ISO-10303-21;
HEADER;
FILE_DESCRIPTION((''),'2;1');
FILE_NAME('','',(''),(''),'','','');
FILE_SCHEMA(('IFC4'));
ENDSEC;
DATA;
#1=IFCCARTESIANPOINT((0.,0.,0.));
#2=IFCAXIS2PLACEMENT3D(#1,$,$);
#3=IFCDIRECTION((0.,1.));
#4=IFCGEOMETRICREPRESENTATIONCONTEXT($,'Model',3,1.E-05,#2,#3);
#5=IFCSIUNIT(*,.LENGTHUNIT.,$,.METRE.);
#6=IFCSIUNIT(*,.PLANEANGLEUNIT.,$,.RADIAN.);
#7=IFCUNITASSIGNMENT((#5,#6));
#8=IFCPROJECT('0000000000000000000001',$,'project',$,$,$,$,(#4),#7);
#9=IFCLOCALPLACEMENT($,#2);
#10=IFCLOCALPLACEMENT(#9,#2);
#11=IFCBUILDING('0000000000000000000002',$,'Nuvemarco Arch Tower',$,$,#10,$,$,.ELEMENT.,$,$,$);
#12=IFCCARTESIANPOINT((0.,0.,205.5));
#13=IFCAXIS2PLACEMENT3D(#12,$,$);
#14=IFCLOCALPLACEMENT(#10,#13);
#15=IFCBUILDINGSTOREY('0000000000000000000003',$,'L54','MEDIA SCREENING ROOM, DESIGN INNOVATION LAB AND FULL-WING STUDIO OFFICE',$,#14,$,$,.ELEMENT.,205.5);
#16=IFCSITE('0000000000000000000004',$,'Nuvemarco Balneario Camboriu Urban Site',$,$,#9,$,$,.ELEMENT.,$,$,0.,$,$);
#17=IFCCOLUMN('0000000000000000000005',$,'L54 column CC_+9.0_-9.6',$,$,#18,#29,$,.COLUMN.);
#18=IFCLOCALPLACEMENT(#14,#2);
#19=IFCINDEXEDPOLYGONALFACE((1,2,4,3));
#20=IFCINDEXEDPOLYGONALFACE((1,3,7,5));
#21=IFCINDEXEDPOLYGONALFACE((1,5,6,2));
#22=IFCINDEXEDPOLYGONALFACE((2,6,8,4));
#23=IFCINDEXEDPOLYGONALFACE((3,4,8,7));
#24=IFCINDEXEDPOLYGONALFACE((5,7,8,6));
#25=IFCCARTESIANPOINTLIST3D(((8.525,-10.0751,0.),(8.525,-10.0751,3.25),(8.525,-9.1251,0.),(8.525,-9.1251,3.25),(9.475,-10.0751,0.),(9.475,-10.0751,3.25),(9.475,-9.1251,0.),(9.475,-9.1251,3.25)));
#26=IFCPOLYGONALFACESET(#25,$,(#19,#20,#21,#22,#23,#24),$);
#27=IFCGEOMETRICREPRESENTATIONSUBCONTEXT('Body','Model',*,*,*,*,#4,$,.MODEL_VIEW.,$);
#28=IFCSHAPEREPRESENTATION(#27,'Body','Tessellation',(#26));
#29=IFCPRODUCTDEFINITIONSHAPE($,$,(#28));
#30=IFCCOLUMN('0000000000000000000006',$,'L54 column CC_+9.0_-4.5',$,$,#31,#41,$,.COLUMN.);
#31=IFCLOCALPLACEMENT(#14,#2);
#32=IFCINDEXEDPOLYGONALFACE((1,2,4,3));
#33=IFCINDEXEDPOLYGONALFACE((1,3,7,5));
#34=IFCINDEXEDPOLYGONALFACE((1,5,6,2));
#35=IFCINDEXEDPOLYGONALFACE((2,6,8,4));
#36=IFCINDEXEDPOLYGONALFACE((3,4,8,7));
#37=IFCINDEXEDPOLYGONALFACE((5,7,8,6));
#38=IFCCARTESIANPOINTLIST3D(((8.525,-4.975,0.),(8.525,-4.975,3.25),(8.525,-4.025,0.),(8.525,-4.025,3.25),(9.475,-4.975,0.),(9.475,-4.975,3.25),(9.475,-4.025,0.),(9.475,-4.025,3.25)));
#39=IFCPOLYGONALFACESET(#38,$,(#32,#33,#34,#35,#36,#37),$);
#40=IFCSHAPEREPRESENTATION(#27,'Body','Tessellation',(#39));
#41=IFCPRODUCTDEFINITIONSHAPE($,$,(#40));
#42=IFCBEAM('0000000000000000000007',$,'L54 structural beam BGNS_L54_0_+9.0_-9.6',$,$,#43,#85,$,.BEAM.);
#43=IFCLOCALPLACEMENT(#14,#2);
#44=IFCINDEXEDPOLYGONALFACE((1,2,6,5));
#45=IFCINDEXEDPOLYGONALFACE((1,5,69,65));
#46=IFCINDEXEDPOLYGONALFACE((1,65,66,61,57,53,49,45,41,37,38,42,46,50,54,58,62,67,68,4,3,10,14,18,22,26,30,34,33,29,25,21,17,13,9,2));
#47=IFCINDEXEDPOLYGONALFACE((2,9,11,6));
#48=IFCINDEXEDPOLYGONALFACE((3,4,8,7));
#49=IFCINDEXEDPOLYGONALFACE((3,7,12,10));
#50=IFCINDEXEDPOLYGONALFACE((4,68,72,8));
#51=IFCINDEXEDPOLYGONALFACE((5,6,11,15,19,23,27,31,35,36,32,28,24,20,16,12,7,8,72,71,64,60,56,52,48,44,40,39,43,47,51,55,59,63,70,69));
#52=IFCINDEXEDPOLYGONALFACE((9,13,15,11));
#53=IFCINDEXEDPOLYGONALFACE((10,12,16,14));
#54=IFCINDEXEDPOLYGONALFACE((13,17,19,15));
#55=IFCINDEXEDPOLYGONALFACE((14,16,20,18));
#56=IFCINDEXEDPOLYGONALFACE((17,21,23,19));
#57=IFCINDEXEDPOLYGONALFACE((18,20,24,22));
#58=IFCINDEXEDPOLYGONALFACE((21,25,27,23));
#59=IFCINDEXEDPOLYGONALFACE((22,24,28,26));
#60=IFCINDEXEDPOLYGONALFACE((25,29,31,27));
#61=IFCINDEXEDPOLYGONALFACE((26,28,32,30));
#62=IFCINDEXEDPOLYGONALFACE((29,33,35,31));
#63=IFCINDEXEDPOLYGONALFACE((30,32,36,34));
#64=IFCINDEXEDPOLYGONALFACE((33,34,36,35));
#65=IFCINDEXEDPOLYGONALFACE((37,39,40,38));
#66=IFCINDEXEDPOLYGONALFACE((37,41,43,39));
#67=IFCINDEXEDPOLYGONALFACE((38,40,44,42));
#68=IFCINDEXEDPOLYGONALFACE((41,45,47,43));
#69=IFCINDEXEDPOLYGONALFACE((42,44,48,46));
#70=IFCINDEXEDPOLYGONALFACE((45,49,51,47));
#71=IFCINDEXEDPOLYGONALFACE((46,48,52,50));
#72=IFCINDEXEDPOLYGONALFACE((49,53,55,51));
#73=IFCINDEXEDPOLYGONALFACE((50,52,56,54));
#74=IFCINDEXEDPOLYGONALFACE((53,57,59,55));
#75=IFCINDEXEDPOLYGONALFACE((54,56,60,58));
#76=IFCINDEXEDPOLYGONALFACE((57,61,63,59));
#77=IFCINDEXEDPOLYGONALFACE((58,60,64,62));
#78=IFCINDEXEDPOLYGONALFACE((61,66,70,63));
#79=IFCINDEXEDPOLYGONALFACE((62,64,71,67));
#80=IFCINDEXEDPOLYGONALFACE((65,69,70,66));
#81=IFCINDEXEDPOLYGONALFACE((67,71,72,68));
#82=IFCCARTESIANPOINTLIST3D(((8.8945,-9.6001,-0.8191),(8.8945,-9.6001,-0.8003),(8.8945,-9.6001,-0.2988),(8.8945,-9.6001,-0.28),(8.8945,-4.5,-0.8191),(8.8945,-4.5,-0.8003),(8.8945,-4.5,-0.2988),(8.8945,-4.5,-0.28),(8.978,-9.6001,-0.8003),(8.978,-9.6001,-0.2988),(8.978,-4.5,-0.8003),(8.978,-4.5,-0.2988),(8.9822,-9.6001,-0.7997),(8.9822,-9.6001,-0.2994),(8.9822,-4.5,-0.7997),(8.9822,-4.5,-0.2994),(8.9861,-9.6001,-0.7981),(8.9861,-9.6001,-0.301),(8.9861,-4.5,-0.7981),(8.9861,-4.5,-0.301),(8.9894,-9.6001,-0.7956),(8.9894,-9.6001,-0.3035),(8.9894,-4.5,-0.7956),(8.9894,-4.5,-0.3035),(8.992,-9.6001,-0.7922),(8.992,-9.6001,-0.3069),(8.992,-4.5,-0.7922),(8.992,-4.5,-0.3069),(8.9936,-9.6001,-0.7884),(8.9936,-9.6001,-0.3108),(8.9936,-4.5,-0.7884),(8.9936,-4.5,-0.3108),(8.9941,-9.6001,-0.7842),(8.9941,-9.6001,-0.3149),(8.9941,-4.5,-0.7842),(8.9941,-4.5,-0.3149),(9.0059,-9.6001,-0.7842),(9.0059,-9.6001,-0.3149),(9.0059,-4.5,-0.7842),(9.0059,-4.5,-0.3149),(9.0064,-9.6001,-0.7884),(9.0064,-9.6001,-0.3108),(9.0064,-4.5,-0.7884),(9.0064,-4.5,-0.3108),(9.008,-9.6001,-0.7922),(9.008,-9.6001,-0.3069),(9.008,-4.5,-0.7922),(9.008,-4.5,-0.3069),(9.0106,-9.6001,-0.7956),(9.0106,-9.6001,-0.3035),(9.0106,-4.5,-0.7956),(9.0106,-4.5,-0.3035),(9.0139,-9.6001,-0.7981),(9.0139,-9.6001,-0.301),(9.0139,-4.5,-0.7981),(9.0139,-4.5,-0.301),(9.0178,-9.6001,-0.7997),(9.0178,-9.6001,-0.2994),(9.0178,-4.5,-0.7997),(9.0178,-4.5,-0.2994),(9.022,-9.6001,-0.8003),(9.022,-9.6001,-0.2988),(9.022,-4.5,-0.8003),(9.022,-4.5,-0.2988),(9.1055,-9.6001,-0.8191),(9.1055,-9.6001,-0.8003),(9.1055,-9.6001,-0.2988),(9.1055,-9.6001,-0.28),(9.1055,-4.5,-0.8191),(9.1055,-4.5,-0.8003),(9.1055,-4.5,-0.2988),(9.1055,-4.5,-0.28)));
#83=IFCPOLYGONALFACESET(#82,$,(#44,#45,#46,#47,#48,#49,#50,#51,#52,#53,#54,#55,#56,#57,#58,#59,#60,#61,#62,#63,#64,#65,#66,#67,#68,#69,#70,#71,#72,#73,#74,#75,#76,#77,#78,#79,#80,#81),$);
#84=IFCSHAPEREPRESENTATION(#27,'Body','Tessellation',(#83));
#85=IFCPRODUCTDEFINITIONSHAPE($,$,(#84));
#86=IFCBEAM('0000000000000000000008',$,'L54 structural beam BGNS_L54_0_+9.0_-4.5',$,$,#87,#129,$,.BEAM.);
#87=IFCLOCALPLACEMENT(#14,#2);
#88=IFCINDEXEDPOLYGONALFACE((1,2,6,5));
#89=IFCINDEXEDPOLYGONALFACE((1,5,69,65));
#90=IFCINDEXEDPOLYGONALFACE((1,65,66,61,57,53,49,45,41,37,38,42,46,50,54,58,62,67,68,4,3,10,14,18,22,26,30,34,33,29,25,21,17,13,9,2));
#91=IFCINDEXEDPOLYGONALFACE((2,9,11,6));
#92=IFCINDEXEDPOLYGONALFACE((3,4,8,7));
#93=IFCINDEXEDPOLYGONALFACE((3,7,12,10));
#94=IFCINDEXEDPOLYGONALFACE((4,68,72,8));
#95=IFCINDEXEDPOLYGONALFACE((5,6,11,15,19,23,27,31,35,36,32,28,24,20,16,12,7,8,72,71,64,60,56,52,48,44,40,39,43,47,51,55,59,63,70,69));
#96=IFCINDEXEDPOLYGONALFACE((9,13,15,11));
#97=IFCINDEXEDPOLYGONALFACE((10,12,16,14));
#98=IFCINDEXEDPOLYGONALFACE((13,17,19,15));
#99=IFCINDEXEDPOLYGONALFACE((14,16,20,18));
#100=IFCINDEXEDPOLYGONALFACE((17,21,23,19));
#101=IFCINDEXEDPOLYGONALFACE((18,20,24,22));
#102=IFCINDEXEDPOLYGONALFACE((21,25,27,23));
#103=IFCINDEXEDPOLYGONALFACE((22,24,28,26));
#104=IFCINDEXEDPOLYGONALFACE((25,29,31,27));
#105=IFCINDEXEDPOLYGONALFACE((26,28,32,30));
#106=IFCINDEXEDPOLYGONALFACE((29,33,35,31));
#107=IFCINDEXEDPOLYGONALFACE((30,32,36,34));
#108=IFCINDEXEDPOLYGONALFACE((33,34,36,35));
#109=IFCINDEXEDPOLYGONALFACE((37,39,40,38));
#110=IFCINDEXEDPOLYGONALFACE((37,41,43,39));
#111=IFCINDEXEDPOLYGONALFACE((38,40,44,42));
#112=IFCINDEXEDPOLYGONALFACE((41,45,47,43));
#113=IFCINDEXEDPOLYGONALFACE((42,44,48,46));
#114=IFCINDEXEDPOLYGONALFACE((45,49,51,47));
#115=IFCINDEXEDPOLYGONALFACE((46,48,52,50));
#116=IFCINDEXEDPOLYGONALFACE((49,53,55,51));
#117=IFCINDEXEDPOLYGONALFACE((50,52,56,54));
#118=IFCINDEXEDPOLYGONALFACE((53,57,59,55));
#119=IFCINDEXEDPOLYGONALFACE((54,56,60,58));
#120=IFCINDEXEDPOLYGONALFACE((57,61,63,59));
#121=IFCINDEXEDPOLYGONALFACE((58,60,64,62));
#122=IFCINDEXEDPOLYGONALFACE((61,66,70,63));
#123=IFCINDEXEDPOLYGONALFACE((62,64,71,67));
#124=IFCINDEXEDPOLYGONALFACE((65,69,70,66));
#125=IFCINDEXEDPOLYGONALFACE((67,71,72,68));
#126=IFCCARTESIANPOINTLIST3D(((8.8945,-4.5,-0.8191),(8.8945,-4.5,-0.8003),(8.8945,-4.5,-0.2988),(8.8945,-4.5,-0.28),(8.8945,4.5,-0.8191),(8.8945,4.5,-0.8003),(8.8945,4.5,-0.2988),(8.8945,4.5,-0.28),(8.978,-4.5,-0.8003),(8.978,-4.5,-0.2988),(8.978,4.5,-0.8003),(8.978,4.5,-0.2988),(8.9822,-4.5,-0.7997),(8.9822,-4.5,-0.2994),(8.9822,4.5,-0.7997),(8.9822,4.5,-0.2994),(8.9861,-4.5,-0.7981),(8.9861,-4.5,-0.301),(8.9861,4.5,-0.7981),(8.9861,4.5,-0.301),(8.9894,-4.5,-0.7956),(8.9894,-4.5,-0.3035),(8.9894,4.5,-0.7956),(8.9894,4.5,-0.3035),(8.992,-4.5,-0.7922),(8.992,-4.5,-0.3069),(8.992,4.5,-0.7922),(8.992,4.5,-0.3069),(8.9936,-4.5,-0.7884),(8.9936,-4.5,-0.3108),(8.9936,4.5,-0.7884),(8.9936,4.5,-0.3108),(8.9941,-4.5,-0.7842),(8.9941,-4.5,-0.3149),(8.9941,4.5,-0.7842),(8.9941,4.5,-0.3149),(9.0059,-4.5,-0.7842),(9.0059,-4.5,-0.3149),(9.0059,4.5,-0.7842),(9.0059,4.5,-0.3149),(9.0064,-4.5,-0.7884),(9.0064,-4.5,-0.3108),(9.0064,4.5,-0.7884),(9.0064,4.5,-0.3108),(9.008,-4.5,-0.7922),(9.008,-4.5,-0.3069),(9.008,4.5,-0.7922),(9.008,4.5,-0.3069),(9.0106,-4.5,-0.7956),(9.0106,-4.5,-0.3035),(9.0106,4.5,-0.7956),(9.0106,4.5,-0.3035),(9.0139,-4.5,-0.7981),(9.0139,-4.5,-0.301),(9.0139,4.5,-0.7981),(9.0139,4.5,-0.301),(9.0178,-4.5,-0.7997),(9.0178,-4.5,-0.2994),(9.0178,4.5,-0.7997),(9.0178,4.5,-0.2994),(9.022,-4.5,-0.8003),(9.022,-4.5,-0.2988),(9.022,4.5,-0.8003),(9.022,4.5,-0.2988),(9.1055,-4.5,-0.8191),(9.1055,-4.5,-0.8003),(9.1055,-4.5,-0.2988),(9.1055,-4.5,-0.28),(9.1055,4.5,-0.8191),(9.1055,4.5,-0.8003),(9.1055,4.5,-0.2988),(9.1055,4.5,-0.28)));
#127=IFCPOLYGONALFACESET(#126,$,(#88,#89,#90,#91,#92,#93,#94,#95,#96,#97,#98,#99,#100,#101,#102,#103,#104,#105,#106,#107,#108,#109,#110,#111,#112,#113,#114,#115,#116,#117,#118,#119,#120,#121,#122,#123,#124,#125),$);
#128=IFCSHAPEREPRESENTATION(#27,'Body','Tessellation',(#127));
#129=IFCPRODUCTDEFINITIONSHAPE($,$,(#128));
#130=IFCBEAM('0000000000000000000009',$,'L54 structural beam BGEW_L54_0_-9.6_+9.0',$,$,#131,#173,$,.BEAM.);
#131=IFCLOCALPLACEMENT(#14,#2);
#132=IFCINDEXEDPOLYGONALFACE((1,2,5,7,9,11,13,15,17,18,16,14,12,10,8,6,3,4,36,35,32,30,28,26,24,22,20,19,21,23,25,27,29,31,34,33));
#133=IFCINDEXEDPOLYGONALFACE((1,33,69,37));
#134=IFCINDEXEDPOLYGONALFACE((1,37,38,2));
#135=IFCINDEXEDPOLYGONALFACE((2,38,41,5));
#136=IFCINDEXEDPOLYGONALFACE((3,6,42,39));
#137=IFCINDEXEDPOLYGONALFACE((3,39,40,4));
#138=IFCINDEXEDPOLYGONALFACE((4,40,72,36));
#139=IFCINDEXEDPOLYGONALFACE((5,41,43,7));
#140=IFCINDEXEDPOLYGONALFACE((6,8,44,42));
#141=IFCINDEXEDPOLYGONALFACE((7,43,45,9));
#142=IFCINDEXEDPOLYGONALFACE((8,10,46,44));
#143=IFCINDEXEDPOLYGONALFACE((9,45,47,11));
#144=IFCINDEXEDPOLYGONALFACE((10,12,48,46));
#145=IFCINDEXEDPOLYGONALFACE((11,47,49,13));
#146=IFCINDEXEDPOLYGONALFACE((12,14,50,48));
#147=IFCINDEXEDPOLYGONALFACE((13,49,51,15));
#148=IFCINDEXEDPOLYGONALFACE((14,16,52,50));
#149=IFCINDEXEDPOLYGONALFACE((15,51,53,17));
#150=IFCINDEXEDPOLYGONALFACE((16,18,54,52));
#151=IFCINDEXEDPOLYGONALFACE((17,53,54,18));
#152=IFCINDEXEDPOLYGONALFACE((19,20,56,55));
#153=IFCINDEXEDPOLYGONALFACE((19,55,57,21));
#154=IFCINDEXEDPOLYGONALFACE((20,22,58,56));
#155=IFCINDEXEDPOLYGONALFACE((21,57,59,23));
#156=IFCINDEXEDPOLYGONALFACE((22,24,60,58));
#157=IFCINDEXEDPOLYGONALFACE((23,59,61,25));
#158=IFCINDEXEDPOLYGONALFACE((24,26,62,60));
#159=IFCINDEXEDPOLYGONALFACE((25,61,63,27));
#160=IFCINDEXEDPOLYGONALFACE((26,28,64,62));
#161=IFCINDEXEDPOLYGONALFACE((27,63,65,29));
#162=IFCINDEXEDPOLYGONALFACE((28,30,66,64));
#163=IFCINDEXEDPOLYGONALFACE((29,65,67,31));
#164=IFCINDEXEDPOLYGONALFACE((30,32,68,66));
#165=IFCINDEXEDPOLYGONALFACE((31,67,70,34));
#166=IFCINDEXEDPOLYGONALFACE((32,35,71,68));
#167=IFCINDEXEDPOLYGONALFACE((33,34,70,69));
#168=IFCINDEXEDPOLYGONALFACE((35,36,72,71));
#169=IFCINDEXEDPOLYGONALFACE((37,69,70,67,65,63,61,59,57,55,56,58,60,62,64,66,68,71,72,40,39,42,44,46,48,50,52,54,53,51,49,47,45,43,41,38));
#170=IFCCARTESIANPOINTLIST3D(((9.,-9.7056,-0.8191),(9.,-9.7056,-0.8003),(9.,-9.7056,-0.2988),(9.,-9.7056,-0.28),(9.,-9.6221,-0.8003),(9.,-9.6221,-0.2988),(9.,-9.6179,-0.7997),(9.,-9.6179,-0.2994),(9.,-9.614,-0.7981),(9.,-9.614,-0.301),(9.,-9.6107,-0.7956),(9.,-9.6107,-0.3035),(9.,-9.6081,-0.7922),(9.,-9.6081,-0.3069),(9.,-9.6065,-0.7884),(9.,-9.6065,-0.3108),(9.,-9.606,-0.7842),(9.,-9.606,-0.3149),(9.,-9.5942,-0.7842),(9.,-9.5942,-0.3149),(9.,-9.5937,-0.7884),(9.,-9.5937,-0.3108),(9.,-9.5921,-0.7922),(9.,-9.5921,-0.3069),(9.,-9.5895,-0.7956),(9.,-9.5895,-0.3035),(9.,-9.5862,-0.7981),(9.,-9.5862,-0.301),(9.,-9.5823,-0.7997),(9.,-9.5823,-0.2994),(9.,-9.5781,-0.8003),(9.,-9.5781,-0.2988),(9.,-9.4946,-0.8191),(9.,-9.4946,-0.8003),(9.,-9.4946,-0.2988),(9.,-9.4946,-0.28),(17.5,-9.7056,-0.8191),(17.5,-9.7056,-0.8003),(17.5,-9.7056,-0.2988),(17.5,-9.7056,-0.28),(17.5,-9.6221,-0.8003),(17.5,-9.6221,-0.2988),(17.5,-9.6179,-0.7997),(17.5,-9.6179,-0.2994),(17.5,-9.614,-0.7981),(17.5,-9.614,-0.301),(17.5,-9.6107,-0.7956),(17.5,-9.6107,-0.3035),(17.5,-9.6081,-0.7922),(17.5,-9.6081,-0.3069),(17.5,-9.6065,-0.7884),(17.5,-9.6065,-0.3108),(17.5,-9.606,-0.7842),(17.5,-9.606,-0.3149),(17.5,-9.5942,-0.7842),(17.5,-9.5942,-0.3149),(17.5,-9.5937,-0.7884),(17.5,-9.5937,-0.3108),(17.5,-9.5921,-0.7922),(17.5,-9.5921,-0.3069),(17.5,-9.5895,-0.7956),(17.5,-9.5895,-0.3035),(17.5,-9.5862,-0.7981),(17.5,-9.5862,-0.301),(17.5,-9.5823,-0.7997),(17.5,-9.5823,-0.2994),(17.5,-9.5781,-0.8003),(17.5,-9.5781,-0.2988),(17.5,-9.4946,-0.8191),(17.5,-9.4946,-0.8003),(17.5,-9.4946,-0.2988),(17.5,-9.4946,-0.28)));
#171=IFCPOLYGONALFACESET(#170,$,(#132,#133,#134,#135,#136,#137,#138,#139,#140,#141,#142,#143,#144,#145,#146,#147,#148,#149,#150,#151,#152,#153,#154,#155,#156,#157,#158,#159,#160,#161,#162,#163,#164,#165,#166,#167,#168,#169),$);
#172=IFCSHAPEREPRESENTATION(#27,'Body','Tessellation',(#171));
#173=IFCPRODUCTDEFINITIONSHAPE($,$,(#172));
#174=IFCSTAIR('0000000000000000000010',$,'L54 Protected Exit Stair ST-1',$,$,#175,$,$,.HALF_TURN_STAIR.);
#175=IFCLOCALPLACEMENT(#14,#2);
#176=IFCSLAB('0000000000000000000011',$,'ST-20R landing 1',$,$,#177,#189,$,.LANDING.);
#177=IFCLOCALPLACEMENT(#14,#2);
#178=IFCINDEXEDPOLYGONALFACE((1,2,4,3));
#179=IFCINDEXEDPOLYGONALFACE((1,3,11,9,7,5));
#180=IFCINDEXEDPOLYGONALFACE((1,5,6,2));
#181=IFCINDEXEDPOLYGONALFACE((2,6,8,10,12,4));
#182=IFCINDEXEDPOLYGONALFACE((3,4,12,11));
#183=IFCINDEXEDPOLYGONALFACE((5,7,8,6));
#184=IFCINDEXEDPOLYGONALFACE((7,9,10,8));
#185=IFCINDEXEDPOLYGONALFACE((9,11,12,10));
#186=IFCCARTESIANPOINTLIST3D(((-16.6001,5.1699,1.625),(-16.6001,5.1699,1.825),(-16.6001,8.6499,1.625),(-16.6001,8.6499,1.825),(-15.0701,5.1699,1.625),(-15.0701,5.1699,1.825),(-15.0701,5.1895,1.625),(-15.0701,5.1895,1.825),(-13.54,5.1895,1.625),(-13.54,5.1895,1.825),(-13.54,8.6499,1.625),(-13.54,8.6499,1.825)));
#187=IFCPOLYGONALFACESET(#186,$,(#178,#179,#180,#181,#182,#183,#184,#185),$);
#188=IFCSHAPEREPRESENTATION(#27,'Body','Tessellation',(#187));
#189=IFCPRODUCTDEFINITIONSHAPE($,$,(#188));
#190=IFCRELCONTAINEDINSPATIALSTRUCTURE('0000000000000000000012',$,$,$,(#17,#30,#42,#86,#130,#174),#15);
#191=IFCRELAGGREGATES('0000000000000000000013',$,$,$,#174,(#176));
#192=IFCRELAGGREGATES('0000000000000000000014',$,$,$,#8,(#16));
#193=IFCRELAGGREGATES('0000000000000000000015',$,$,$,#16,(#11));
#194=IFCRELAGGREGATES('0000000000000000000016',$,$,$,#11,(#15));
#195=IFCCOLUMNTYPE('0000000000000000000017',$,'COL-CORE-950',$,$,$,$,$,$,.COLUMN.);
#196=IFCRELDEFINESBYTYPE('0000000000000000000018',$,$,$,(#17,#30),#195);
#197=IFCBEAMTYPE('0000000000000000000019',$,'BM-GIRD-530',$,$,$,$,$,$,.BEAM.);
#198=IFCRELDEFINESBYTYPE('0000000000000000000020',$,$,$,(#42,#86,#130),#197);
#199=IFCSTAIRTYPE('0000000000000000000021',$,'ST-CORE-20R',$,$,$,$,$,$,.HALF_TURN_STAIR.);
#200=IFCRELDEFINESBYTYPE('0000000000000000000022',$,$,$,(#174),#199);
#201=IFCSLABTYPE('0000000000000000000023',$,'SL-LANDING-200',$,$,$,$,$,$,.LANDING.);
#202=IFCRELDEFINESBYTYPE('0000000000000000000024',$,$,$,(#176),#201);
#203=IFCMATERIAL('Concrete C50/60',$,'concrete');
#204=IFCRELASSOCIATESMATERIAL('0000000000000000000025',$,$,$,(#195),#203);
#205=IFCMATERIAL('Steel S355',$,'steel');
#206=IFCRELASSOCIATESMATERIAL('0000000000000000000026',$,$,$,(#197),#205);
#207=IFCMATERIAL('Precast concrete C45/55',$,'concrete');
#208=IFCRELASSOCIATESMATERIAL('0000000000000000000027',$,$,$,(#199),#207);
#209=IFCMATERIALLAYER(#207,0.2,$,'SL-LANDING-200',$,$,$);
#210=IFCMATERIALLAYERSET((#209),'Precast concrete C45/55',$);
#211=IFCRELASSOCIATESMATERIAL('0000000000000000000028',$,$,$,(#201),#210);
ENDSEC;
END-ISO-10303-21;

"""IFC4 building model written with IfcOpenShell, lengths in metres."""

from ifc_helpers import new_model, si_unit, direction, frame, origin, origin_2d, place, context, subcontext, project, spatial, polyline, rectangle, i_section, outline, extrude, material, layer, layer_set, material_profile, profile_set, type_object, element, aggregate, save


model = new_model("IFC4")

# Units and contexts
model_context = context("Model", 3, precision=1e-05, world=origin(), true_north=direction((0.0, 1.0)))
body_context = subcontext(model_context, "Body", "Model", "MODEL_VIEW")
ifc_project = project(units=[si_unit("LENGTHUNIT", "METRE"), si_unit("PLANEANGLEUNIT", "RADIAN")], contexts=[model_context])

# Site, building, storey
site_placement = place(None, origin())
site = spatial("IfcSite", under=ifc_project, at=site_placement, Name="Nuvemarco Balneario Camboriu Urban Site", CompositionType="ELEMENT", RefElevation=0.0)
building_placement = place(site_placement, origin())
building = spatial("IfcBuilding", under=site, at=building_placement, Name="Nuvemarco Arch Tower", CompositionType="ELEMENT")
storey_placement = place(building_placement, frame((0.0, 0.0, 205.5)))
storey = spatial("IfcBuildingStorey", under=building, at=storey_placement, Name="L54", Description="MEDIA SCREENING ROOM, DESIGN INNOVATION LAB AND FULL-WING STUDIO OFFICE", CompositionType="ELEMENT", Elevation=205.5)

# Columns
ifc_material_1 = material(Name="Concrete C50/60", Category="concrete")
ifc_material_profile_1 = material_profile(ifc_material_1, rectangle(XDim=0.95, YDim=0.95, at=origin_2d()), Name="RC-COL-950x950")
ifc_profile_set_1 = profile_set([ifc_material_profile_1], Name="Concrete C50/60")
column_type = type_object("IfcColumnType", Name="COL-CORE-950", PredefinedType="COLUMN", material=ifc_profile_set_1)
for number, where, z_axis, x_axis, name in (
    (1, (9.0, -9.6001, 0.0), (0.0, 0.0, 1.0), (1.0, 0.0, 0.0), "L54 column CC_+9.0_-9.6"),
    (2, (9.0, -4.5, 0.0), (0.0, 0.0, 1.0), (1.0, 0.0, 0.0), "L54 column CC_+9.0_-4.5"),
):
    element("IfcColumn", number, at=place(storey_placement, frame(where, z_axis=z_axis, x_axis=x_axis)), inside=storey, type_object=column_type, Name=name, PredefinedType="COLUMN", context=body_context, shape_type="SweptSolid", body=[
        extrude(rectangle(XDim=0.95, YDim=0.95, at=origin_2d()), origin(), (0.0, 0.0, 1.0), 3.25),
    ])

# Beams
ifc_material_2 = material(Name="Steel S355", Category="steel")
ifc_material_profile_2 = material_profile(ifc_material_2, i_section(OverallWidth=0.2109, OverallDepth=0.5391, WebThickness=0.0117, FlangeThickness=0.0188, FilletRadius=0.0161, at=origin_2d()), Name="W530x109")
ifc_profile_set_2 = profile_set([ifc_material_profile_2], Name="Steel S355")
beam_type = type_object("IfcBeamType", Name="BM-GIRD-530", PredefinedType="BEAM", material=ifc_profile_set_2)
beam_1_placement = place(storey_placement, frame((9.0, -9.6001, -0.5496), z_axis=(0.0, 1.0, 0.0), x_axis=(-1.0, 0.0, 0.0)))
element("IfcBeam", 3, at=beam_1_placement, inside=storey, type_object=beam_type, Name="L54 structural beam BGNS_L54_0_+9.0_-9.6", PredefinedType="BEAM", context=body_context, shape_type="SweptSolid", body=[
    extrude(i_section(OverallWidth=0.2109, OverallDepth=0.5391, WebThickness=0.0117, FlangeThickness=0.0188, FilletRadius=0.0161, at=origin_2d()), origin(), (0.0, 0.0, 1.0), 5.1001),
])
beam_2_placement = place(storey_placement, frame((9.0, -4.5, -0.5496), z_axis=(0.0, 1.0, 0.0), x_axis=(-1.0, 0.0, 0.0)))
element("IfcBeam", 4, at=beam_2_placement, inside=storey, type_object=beam_type, Name="L54 structural beam BGNS_L54_0_+9.0_-4.5", PredefinedType="BEAM", context=body_context, shape_type="SweptSolid", body=[
    extrude(i_section(OverallWidth=0.2109, OverallDepth=0.5391, WebThickness=0.0117, FlangeThickness=0.0188, FilletRadius=0.0161, at=origin_2d()), origin(), (0.0, 0.0, 1.0), 9.0),
])
beam_3_placement = place(storey_placement, frame((9.0, -9.6001, -0.5496), z_axis=(1.0, 0.0, 0.0), x_axis=(0.0, 1.0, 0.0)))
element("IfcBeam", 5, at=beam_3_placement, inside=storey, type_object=beam_type, Name="L54 structural beam BGEW_L54_0_-9.6_+9.0", PredefinedType="BEAM", context=body_context, shape_type="SweptSolid", body=[
    extrude(i_section(OverallWidth=0.2109, OverallDepth=0.5391, WebThickness=0.0117, FlangeThickness=0.0188, FilletRadius=0.0161, at=origin_2d()), origin(), (0.0, 0.0, 1.0), 8.5),
])

# Stair, slab
ifc_material_3 = material(Name="Precast concrete C45/55", Category="concrete")
stair_type = type_object("IfcStairType", Name="ST-CORE-20R", PredefinedType="HALF_TURN_STAIR", material=ifc_material_3)
stair_1_placement = place(storey_placement, origin())
stair_1 = element("IfcStair", 6, at=stair_1_placement, inside=storey, type_object=stair_type, Name="L54 Protected Exit Stair ST-1", PredefinedType="HALF_TURN_STAIR")
ifc_layer_1 = layer(ifc_material_3, 0.2, Name="SL-LANDING-200")
ifc_layer_set_1 = layer_set([ifc_layer_1], Name="Precast concrete C45/55")
slab_type = type_object("IfcSlabType", Name="SL-LANDING-200", PredefinedType="LANDING", material=ifc_layer_set_1)
slab_1_placement = place(storey_placement, frame((0.0, 0.0, 1.625)))
slab_1 = element("IfcSlab", 7, at=slab_1_placement, type_object=slab_type, Name="ST-20R landing 1", PredefinedType="LANDING", context=body_context, shape_type="SweptSolid", body=[
    extrude(outline(polyline([(-13.54, 5.1895), (-13.54, 8.6499), (-16.6001, 8.6499), (-16.6001, 5.1699), (-15.0701, 5.1699), (-15.0701, 5.1895), (-13.54, 5.1895)])), origin(), (0.0, 0.0, 1.0), 0.2),
])
aggregate(stair_1, [slab_1])

save(model, "model.ifc")
